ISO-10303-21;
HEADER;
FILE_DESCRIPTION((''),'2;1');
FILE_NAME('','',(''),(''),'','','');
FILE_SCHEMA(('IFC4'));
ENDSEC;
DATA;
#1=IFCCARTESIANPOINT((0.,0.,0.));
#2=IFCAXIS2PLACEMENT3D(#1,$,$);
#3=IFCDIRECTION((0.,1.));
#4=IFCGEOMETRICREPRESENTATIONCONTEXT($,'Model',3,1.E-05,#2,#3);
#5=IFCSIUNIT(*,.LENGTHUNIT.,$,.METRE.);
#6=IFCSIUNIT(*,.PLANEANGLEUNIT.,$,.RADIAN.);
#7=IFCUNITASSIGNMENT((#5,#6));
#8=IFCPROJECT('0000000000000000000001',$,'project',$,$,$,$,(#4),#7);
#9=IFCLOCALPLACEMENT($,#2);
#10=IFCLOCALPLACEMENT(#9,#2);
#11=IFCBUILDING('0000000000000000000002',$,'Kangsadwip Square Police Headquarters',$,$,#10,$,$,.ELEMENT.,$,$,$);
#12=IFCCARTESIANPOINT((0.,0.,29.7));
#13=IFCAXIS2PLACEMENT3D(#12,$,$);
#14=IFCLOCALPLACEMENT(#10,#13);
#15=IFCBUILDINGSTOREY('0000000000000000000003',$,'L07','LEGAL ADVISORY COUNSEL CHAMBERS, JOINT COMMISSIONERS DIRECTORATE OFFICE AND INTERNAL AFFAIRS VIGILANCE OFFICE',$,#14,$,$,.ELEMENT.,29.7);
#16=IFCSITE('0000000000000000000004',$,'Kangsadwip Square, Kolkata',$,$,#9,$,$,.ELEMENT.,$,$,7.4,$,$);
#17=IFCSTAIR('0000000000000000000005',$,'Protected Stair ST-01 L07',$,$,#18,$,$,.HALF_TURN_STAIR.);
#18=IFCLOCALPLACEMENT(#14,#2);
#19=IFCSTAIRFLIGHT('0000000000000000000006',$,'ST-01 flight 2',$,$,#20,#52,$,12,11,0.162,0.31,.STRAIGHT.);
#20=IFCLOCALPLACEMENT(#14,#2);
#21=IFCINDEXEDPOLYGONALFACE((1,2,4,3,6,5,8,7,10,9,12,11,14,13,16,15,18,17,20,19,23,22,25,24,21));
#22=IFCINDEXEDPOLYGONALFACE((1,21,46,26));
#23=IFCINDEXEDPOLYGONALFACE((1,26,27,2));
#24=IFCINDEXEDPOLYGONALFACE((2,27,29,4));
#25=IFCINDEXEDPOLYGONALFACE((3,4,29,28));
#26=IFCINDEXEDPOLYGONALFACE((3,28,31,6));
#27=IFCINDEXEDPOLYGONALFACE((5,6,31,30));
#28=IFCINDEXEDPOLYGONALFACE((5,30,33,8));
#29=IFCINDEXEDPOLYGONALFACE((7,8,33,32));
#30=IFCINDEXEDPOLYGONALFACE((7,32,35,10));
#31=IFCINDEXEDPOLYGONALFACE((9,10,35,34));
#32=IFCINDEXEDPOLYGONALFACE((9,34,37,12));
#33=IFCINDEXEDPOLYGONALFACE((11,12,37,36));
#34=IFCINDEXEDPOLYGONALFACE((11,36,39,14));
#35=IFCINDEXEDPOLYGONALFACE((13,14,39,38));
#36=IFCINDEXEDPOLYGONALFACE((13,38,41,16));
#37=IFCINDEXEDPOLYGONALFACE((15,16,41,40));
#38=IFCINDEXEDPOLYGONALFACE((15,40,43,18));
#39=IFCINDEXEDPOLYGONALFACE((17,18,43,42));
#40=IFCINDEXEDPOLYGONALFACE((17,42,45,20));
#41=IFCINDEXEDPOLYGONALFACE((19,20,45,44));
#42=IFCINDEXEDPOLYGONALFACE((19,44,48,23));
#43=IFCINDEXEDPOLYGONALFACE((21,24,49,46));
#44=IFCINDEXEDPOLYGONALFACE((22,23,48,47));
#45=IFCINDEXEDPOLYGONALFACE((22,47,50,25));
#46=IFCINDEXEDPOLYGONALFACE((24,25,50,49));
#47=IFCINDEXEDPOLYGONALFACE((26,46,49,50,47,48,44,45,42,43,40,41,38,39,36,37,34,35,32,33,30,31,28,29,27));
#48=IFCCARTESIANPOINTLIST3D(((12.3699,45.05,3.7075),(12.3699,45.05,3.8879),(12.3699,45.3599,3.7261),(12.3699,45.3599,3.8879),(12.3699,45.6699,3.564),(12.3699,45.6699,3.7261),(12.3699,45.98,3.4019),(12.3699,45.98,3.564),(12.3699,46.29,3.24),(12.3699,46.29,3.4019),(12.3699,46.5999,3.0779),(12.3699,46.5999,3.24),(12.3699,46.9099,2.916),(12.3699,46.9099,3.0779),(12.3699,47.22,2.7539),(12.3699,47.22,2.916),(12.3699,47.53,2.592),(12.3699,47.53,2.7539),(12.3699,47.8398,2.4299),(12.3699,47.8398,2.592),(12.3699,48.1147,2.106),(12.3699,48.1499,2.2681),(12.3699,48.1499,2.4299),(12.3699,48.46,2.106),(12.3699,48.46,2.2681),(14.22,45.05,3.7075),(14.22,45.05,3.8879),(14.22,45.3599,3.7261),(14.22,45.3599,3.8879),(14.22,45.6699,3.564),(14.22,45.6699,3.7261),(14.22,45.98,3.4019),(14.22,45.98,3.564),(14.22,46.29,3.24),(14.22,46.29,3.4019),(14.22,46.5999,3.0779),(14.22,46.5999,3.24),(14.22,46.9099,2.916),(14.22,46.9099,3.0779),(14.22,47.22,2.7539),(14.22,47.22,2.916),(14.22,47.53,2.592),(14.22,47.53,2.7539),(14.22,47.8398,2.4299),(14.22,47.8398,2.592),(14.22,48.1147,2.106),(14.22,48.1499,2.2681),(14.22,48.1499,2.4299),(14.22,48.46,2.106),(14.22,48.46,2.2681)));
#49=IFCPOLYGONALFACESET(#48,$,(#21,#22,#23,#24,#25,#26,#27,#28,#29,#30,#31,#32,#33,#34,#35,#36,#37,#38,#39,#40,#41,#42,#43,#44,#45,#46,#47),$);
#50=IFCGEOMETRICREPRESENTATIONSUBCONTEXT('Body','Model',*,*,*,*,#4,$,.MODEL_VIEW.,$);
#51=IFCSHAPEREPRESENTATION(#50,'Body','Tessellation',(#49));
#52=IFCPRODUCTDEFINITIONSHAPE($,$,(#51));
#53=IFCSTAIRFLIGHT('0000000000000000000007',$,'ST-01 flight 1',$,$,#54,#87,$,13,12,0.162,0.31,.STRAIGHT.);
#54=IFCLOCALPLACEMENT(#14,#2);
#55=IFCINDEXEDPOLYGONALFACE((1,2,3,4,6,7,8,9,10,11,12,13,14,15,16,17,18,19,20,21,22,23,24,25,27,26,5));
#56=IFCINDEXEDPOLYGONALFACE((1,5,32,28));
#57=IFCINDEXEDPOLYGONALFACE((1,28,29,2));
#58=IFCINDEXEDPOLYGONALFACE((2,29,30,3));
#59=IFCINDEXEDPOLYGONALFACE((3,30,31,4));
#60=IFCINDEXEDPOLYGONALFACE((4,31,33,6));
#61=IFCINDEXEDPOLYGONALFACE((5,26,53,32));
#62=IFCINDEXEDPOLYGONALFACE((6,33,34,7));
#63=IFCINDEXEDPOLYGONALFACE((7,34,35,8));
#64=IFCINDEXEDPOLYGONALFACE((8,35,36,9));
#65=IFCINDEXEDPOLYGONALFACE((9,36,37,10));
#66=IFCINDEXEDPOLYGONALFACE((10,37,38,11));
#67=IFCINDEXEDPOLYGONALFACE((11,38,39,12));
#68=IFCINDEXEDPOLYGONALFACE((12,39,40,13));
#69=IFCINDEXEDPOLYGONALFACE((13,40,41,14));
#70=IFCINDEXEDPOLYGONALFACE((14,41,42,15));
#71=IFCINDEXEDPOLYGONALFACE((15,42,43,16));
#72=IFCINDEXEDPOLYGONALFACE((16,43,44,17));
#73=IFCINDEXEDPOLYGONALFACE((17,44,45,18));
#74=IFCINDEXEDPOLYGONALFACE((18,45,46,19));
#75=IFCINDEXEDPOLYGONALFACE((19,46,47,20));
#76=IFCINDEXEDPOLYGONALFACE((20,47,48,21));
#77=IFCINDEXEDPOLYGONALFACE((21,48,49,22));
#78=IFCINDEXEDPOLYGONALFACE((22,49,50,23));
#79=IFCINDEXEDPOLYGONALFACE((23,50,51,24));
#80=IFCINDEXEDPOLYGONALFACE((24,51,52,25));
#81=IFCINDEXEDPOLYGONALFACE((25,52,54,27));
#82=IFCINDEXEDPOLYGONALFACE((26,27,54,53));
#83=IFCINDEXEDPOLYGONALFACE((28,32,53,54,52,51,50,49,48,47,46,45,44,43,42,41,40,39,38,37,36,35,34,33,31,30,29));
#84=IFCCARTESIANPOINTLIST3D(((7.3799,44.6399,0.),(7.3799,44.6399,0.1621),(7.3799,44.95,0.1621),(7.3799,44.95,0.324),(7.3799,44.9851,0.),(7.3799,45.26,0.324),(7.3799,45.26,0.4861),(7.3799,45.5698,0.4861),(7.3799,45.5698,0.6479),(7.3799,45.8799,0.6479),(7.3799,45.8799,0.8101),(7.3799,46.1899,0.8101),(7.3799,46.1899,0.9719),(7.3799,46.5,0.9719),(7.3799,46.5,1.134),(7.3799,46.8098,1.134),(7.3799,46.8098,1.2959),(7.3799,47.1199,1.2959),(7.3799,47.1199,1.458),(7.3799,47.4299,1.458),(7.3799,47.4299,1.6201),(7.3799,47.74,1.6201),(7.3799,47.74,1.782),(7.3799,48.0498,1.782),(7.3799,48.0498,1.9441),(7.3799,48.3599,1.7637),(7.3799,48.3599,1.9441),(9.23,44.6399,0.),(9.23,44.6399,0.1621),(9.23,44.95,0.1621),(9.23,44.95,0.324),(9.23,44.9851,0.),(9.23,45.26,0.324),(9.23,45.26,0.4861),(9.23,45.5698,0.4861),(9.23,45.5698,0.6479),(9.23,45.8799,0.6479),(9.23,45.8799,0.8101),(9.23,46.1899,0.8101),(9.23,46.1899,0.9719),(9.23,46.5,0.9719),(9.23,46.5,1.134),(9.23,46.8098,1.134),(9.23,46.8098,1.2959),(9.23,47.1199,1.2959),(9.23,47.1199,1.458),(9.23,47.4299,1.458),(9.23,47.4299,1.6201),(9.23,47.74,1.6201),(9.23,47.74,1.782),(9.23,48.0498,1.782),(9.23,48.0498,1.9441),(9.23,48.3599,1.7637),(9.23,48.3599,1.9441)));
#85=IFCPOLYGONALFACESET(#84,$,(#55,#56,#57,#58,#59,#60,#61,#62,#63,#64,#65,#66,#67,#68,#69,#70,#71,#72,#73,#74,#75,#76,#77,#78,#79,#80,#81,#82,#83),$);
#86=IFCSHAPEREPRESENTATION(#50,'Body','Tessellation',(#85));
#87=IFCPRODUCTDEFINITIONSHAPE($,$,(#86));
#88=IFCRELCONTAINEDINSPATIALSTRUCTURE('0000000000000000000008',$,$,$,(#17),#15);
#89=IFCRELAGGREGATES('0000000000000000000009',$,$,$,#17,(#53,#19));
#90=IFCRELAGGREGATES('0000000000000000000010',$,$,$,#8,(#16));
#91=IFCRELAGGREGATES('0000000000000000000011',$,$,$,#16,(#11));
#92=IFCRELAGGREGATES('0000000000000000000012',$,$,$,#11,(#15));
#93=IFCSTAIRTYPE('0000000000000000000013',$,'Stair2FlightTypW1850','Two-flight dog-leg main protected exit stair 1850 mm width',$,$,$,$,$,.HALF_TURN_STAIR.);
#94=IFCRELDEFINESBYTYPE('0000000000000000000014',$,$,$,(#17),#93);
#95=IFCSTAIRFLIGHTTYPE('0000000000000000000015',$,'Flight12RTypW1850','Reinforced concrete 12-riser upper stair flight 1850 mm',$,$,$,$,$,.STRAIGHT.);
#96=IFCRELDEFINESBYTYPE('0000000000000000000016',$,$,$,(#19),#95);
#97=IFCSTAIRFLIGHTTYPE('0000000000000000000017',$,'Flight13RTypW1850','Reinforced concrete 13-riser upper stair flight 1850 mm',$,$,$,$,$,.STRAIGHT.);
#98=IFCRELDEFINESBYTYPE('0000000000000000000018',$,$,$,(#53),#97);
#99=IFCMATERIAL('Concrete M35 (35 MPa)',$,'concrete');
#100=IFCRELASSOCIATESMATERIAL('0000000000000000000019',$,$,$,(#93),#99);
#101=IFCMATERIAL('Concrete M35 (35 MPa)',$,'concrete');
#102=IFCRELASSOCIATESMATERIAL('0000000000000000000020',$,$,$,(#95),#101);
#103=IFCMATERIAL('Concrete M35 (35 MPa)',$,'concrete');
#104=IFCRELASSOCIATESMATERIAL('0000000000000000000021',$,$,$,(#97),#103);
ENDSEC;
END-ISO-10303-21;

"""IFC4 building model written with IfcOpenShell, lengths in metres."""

from ifc_helpers import new_model, si_unit, direction, frame, origin, place, context, subcontext, project, spatial, polyline, outline, extrude, material, type_object, element, aggregate, save


model = new_model("IFC4")

# Units and contexts
model_context = context("Model", 3, precision=1e-05, world=origin(), true_north=direction((0.0, 1.0)))
body_context = subcontext(model_context, "Body", "Model", "MODEL_VIEW")
ifc_project = project(units=[si_unit("LENGTHUNIT", "METRE"), si_unit("PLANEANGLEUNIT", "RADIAN")], contexts=[model_context])

# Site, building, storey
site_placement = place(None, origin())
site = spatial("IfcSite", under=ifc_project, at=site_placement, Name="Kangsadwip Square, Kolkata", CompositionType="ELEMENT", RefElevation=7.4)
building_placement = place(site_placement, origin())
building = spatial("IfcBuilding", under=site, at=building_placement, Name="Kangsadwip Square Police Headquarters", CompositionType="ELEMENT")
storey_placement = place(building_placement, frame((0.0, 0.0, 29.7)))
storey = spatial("IfcBuildingStorey", under=building, at=storey_placement, Name="L07", Description="LEGAL ADVISORY COUNSEL CHAMBERS, JOINT COMMISSIONERS DIRECTORATE OFFICE AND INTERNAL AFFAIRS VIGILANCE OFFICE", CompositionType="ELEMENT", Elevation=29.7)

# Stair, stair flights
ifc_material_1 = material(Name="Concrete M35 (35 MPa)", Category="concrete")
stair_type = type_object("IfcStairType", Name="Stair2FlightTypW1850", Description="Two-flight dog-leg main protected exit stair 1850 mm width", PredefinedType="HALF_TURN_STAIR", material=ifc_material_1)
stair_placement = place(storey_placement, origin())
stair = element("IfcStair", 1, at=stair_placement, inside=storey, type_object=stair_type, Name="Protected Stair ST-01 L07", PredefinedType="HALF_TURN_STAIR")
ifc_material_2 = material(Name="Concrete M35 (35 MPa)", Category="concrete")
stair_flight_type_1 = type_object("IfcStairFlightType", Name="Flight12RTypW1850", Description="Reinforced concrete 12-riser upper stair flight 1850 mm", PredefinedType="STRAIGHT", material=ifc_material_2)
stair_flight_1_placement = place(storey_placement, frame((13.2949, 48.46, 2.106), z_axis=(0.0, 0.0, 1.0), x_axis=(0.0, -1.0, 0.0)))
stair_flight_1 = element("IfcStairFlight", 2, at=stair_flight_1_placement, type_object=stair_flight_type_1, Name="ST-01 flight 2", NumberOfRisers=12, NumberOfTreads=11, PredefinedType="STRAIGHT", RiserHeight=0.162, TreadLength=0.31, context=body_context, shape_type="SweptSolid", body=[
    extrude(outline(polyline([(0.0, 0.0), (0.0, 0.1621), (0.3101, 0.1621), (0.3101, 0.324), (0.6201, 0.324), (0.6201, 0.4861), (0.9299, 0.4861), (0.9299, 0.6479), (1.24, 0.6479), (1.24, 0.8101), (1.55, 0.8101), (1.55, 0.9719), (1.8601, 0.9719), (1.8601, 1.134), (2.1699, 1.134), (2.1699, 1.2959), (2.48, 1.2959), (2.48, 1.458), (2.79, 1.458), (2.79, 1.6201), (3.1001, 1.6201), (3.1001, 1.782), (3.4099, 1.782), (3.4099, 1.9441), (3.4099, 1.6016), (0.3452, 0.0), (0.0, 0.0)])), frame((0.0, 0.925, 0.0), z_axis=(0.0, -1.0, 0.0), x_axis=(1.0, 0.0, 0.0)), (0.0, 0.0, 1.0), 1.8501),
])
ifc_material_3 = material(Name="Concrete M35 (35 MPa)", Category="concrete")
stair_flight_type_2 = type_object("IfcStairFlightType", Name="Flight13RTypW1850", Description="Reinforced concrete 13-riser upper stair flight 1850 mm", PredefinedType="STRAIGHT", material=ifc_material_3)
stair_flight_2_placement = place(storey_placement, frame((8.3049, 44.6399, 0.0), z_axis=(0.0, 0.0, 1.0), x_axis=(0.0, 1.0, 0.0)))
stair_flight_2 = element("IfcStairFlight", 3, at=stair_flight_2_placement, type_object=stair_flight_type_2, Name="ST-01 flight 1", NumberOfRisers=13, NumberOfTreads=12, PredefinedType="STRAIGHT", RiserHeight=0.162, TreadLength=0.31, context=body_context, shape_type="SweptSolid", body=[
    extrude(outline(polyline([(0.0, 0.0), (0.0, 0.1621), (0.3101, 0.1621), (0.3101, 0.324), (0.6201, 0.324), (0.6201, 0.4861), (0.9299, 0.4861), (0.9299, 0.6479), (1.24, 0.6479), (1.24, 0.8101), (1.55, 0.8101), (1.55, 0.9719), (1.8601, 0.9719), (1.8601, 1.134), (2.1699, 1.134), (2.1699, 1.2959), (2.48, 1.2959), (2.48, 1.458), (2.79, 1.458), (2.79, 1.6201), (3.1001, 1.6201), (3.1001, 1.782), (3.4099, 1.782), (3.4099, 1.9441), (3.72, 1.9441), (3.72, 2.106), (3.72, 1.7637), (0.3452, 0.0), (0.0, 0.0)])), frame((0.0, 0.925, 0.0), z_axis=(0.0, -1.0, 0.0), x_axis=(1.0, 0.0, 0.0)), (0.0, 0.0, 1.0), 1.8501),
])
aggregate(stair, [stair_flight_2, stair_flight_1])

save(model, "model.ifc")
